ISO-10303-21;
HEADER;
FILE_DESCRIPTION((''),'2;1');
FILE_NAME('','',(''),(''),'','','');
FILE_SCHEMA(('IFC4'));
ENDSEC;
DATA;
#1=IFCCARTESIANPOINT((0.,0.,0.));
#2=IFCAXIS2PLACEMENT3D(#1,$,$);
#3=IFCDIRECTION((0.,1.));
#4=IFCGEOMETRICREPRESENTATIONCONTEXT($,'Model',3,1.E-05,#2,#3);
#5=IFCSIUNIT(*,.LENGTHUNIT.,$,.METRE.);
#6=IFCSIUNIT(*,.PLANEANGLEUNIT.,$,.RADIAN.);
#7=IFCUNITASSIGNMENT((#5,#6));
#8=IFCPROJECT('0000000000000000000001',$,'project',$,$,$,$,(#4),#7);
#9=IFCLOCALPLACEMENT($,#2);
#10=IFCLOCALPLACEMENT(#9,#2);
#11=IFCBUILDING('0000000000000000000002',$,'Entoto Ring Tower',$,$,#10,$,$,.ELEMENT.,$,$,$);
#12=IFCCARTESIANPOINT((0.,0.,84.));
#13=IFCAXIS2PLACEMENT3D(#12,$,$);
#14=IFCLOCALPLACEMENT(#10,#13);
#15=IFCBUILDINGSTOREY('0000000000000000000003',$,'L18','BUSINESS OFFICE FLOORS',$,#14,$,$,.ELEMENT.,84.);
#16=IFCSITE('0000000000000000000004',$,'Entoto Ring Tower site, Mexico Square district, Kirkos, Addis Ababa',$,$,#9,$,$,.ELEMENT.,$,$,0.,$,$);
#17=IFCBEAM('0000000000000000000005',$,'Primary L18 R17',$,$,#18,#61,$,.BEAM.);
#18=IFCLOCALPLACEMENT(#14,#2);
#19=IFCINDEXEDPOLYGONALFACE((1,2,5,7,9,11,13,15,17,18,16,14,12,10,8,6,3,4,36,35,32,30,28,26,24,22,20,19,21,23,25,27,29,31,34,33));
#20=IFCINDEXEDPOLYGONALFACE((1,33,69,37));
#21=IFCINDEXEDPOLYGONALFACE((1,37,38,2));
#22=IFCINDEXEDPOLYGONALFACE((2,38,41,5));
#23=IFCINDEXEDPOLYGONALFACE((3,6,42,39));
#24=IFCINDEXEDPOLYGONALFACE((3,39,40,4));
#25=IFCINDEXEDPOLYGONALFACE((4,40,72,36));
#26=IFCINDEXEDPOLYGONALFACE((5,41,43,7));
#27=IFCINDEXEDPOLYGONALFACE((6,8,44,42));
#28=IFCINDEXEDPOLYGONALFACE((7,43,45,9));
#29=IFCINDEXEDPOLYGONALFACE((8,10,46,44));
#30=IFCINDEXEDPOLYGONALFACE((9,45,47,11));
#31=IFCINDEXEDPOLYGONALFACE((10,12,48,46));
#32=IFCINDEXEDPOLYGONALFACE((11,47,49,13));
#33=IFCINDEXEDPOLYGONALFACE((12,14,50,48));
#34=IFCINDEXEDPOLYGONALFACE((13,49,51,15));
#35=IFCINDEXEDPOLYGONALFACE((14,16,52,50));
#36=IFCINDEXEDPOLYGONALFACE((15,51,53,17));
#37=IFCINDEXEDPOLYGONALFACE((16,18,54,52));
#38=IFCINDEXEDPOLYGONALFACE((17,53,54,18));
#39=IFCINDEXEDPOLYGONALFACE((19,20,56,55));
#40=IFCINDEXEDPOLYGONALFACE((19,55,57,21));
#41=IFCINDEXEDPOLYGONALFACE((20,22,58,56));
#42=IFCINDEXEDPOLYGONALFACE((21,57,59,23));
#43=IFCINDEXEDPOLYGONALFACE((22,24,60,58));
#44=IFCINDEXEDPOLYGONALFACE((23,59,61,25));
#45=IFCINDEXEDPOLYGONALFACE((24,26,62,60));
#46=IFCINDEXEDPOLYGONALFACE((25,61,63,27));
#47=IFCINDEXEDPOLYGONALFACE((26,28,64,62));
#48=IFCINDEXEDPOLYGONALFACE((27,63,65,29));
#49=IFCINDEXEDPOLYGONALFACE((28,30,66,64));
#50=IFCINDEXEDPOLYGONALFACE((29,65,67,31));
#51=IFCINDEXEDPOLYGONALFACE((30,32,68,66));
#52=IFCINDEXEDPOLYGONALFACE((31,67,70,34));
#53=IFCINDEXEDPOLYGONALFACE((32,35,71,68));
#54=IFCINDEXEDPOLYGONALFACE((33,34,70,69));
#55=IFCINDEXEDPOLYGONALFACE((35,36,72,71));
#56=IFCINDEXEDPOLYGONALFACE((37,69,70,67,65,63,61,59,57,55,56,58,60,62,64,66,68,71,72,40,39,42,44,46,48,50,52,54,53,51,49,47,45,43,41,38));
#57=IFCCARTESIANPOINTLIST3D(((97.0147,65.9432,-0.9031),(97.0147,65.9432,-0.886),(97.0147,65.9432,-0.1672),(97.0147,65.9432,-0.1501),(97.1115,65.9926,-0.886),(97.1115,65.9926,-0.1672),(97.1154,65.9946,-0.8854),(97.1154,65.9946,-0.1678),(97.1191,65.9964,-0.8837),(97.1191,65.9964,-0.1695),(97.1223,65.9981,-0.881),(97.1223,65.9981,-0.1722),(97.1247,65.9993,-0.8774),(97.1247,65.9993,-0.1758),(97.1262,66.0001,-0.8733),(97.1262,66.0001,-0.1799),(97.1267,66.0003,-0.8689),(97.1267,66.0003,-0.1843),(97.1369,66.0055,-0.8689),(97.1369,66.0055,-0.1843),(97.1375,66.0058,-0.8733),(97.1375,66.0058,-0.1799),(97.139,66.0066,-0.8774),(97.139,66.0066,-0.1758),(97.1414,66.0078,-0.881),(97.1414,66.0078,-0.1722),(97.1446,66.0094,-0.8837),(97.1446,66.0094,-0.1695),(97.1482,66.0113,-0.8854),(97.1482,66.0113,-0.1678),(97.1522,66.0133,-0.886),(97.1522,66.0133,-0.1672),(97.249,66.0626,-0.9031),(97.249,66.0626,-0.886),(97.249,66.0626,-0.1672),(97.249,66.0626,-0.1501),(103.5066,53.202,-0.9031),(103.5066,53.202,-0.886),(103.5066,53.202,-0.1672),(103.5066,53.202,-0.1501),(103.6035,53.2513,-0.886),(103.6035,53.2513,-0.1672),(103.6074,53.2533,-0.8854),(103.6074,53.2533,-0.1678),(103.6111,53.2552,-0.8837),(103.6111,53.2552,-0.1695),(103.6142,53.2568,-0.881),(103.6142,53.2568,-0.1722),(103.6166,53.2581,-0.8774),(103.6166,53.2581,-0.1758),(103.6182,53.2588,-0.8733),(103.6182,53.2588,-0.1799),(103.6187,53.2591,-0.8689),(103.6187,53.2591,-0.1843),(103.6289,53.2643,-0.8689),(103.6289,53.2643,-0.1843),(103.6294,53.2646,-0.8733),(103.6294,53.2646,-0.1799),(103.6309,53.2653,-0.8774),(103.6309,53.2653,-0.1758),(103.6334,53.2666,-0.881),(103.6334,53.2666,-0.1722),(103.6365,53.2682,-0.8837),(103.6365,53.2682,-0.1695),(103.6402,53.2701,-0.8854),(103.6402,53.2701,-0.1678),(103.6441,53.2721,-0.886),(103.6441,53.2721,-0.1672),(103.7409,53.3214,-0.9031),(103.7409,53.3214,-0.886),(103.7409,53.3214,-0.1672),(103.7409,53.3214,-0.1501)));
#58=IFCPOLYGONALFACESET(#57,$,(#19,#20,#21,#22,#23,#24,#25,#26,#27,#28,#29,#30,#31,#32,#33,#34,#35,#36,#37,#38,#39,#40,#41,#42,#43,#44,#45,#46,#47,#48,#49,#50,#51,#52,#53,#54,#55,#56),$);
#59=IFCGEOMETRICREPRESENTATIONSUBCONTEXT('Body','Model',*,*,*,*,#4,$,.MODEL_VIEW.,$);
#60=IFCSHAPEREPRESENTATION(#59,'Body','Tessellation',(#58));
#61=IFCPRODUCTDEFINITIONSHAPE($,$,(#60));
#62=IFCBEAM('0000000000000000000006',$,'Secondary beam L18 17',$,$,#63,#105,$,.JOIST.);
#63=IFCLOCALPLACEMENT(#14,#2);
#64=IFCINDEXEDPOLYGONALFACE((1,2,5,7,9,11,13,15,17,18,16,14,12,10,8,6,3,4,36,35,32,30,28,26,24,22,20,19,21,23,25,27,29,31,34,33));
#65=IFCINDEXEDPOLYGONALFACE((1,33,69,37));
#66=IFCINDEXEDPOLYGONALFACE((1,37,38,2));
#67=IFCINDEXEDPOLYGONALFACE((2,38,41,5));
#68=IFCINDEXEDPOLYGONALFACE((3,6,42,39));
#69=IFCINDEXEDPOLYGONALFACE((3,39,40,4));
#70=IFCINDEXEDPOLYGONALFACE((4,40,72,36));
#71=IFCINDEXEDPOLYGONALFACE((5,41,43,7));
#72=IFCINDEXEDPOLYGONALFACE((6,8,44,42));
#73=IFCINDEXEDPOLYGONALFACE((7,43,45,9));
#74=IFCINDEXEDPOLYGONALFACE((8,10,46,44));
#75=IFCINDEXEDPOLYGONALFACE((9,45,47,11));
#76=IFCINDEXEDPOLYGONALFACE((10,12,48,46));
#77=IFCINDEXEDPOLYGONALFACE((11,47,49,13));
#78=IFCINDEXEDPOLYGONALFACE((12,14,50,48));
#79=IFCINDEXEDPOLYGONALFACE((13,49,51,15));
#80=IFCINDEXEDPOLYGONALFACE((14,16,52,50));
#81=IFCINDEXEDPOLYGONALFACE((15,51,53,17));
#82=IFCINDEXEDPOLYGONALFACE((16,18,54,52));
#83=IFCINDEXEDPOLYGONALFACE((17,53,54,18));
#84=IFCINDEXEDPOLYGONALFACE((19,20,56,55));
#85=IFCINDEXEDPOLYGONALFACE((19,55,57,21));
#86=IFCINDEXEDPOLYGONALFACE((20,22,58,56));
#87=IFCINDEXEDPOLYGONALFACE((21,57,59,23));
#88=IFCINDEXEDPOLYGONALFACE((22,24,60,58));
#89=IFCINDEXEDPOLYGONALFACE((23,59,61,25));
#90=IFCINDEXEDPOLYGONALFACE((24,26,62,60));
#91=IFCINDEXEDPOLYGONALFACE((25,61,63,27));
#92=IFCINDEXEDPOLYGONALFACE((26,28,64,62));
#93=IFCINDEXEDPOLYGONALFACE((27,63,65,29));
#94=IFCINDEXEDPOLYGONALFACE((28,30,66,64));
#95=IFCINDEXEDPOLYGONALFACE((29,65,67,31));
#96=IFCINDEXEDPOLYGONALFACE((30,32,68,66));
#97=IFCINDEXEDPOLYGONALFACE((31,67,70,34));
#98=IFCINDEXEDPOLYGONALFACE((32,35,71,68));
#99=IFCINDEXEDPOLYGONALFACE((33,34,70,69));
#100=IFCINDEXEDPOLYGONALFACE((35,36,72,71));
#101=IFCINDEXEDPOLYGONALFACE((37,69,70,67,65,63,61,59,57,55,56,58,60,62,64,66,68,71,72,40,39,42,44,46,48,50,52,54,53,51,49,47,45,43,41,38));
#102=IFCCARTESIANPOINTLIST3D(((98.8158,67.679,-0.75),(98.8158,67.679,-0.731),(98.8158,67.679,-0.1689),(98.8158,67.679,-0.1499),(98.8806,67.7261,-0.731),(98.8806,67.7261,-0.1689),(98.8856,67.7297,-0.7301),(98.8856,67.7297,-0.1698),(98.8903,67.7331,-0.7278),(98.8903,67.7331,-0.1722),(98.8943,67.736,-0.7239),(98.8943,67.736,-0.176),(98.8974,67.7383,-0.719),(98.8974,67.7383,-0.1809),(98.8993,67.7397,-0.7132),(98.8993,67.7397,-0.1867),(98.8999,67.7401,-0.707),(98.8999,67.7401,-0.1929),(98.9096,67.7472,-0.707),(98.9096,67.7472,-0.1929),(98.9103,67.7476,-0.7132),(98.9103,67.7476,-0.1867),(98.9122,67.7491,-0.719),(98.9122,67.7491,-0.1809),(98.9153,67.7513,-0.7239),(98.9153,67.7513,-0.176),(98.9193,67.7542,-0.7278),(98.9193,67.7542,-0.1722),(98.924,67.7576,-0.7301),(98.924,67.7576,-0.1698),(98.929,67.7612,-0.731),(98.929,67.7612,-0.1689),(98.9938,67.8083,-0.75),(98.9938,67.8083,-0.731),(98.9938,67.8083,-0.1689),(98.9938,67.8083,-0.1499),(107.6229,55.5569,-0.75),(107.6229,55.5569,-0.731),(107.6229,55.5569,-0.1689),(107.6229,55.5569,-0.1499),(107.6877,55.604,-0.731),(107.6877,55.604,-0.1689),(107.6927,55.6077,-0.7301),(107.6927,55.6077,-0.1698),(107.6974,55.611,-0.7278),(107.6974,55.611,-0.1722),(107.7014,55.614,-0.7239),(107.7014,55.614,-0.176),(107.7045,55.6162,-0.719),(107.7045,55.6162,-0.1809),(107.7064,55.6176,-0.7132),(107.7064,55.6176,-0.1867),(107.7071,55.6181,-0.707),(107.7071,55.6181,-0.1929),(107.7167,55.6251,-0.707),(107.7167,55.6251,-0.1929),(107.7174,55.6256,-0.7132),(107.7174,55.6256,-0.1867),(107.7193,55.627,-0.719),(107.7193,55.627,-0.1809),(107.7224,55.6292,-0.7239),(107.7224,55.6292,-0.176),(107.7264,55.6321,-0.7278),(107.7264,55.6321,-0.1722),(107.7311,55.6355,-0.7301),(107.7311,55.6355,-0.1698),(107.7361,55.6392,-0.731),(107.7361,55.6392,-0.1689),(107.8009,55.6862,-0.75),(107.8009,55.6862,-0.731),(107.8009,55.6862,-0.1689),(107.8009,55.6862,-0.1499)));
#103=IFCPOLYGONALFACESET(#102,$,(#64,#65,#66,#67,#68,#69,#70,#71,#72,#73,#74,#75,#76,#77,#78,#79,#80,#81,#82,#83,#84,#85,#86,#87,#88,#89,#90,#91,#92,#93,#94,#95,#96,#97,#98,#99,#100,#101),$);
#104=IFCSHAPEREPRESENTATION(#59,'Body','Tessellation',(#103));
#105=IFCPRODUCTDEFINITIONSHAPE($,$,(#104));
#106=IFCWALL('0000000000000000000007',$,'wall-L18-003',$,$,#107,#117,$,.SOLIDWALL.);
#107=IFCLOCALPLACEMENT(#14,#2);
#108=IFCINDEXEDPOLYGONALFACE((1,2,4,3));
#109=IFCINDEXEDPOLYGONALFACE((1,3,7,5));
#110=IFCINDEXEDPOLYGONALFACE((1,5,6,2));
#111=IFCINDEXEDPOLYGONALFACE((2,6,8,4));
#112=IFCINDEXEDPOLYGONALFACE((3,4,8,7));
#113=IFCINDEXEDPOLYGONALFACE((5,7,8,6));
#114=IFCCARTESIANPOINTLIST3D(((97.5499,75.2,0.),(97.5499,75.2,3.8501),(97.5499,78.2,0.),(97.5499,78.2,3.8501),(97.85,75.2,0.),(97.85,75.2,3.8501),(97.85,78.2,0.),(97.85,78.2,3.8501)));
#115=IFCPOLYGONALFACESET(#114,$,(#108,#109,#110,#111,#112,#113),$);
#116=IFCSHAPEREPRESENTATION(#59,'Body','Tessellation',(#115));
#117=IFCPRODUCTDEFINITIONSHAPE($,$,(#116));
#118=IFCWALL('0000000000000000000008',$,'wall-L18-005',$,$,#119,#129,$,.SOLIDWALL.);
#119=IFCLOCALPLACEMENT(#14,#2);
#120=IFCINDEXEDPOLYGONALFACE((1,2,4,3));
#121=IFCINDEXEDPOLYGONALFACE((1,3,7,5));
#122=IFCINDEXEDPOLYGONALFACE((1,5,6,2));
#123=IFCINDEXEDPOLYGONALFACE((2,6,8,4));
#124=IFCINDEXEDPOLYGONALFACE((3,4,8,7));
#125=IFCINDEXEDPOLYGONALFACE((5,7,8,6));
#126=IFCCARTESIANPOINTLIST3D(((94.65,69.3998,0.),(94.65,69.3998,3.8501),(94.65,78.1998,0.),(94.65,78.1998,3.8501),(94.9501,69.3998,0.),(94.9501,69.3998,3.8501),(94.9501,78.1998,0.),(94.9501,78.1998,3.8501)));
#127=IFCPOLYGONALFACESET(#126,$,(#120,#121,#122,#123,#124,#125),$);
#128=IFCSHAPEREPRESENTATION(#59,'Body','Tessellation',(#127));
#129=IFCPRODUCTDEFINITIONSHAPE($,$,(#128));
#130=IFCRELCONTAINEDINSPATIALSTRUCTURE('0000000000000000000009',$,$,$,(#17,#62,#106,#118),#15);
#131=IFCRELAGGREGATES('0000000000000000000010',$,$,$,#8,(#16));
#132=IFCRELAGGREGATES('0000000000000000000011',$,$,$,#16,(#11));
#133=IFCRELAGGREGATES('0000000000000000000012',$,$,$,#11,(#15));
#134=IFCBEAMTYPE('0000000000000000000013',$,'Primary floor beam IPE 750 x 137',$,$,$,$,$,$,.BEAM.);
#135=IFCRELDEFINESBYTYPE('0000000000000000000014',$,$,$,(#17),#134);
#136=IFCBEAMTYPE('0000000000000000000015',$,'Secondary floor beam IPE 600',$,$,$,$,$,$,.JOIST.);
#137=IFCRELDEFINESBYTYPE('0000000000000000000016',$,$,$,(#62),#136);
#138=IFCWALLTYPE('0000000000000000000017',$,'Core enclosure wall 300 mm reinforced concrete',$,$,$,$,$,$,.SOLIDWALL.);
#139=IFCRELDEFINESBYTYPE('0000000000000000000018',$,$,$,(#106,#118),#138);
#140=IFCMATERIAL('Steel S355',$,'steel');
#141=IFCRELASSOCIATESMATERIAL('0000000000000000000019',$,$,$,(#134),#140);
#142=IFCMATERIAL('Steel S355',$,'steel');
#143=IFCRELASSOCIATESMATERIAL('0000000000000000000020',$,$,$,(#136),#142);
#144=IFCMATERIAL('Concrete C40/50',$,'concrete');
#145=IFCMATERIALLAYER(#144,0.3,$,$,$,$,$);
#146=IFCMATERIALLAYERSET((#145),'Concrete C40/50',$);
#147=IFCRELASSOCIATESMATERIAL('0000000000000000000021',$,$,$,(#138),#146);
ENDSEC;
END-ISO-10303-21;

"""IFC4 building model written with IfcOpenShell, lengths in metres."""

from ifc_helpers import new_model, si_unit, direction, frame, frame_2d, origin, origin_2d, place, context, subcontext, project, spatial, rectangle, i_section, extrude, material, layer, layer_set, material_profile, profile_set, type_object, element, save


model = new_model("IFC4")

# Units and contexts
model_context = context("Model", 3, precision=1e-05, world=origin(), true_north=direction((0.0, 1.0)))
body_context = subcontext(model_context, "Body", "Model", "MODEL_VIEW")
ifc_project = project(units=[si_unit("LENGTHUNIT", "METRE"), si_unit("PLANEANGLEUNIT", "RADIAN")], contexts=[model_context])

# Site, building, storey
site_placement = place(None, origin())
site = spatial("IfcSite", under=ifc_project, at=site_placement, Name="Entoto Ring Tower site, Mexico Square district, Kirkos, Addis Ababa", CompositionType="ELEMENT", RefElevation=0.0)
building_placement = place(site_placement, origin())
building = spatial("IfcBuilding", under=site, at=building_placement, Name="Entoto Ring Tower", CompositionType="ELEMENT")
storey_placement = place(building_placement, frame((0.0, 0.0, 84.0)))
storey = spatial("IfcBuildingStorey", under=building, at=storey_placement, Name="L18", Description="BUSINESS OFFICE FLOORS", CompositionType="ELEMENT", Elevation=84.0)

# Beams
ifc_material_1 = material(Name="Steel S355", Category="steel")
ifc_material_profile_1 = material_profile(ifc_material_1, i_section(OverallWidth=0.2629, OverallDepth=0.7529, WebThickness=0.0115, FlangeThickness=0.0171, FilletRadius=0.0171, at=origin_2d()), Name="IPE 750 x 137")
ifc_profile_set_1 = profile_set([ifc_material_profile_1], Name="Steel S355")
beam_type_1 = type_object("IfcBeamType", Name="Primary floor beam IPE 750 x 137", PredefinedType="BEAM", material=ifc_profile_set_1)
beam_1_placement = place(storey_placement, frame((97.1318, 66.0029, -0.5266), z_axis=(0.453989, -0.891007, 0.0), x_axis=(0.891007, 0.453989, 0.0)))
element("IfcBeam", 1, at=beam_1_placement, inside=storey, type_object=beam_type_1, Name="Primary L18 R17", PredefinedType="BEAM", context=body_context, shape_type="SweptSolid", body=[
    extrude(i_section(OverallWidth=0.2629, OverallDepth=0.7529, WebThickness=0.0115, FlangeThickness=0.0171, FilletRadius=0.0171, at=origin_2d()), origin(), (0.0, 0.0, 1.0), 14.2998),
])
ifc_material_2 = material(Name="Steel S355", Category="steel")
ifc_material_profile_2 = material_profile(ifc_material_2, i_section(OverallWidth=0.22, OverallDepth=0.6001, WebThickness=0.012, FlangeThickness=0.019, FilletRadius=0.0239, at=origin_2d()), Name="IPE 600")
ifc_profile_set_2 = profile_set([ifc_material_profile_2], Name="Steel S355")
beam_type_2 = type_object("IfcBeamType", Name="Secondary floor beam IPE 600", PredefinedType="JOIST", material=ifc_profile_set_2)
beam_2_placement = place(storey_placement, frame((98.9048, 67.7437, -0.45), z_axis=(0.587782, -0.809019, 0.0), x_axis=(0.809019, 0.587782, 0.0)))
element("IfcBeam", 2, at=beam_2_placement, inside=storey, type_object=beam_type_2, Name="Secondary beam L18 17", PredefinedType="JOIST", context=body_context, shape_type="SweptSolid", body=[
    extrude(i_section(OverallWidth=0.22, OverallDepth=0.6001, WebThickness=0.012, FlangeThickness=0.019, FilletRadius=0.0239, at=origin_2d()), origin(), (0.0, 0.0, 1.0), 14.9836),
])

# Walls
ifc_material_3 = material(Name="Concrete C40/50", Category="concrete")
ifc_layer_1 = layer(ifc_material_3, 0.3)
ifc_layer_set_1 = layer_set([ifc_layer_1], Name="Concrete C40/50")
wall_type_1 = type_object("IfcWallType", Name="Core enclosure wall 300 mm reinforced concrete", PredefinedType="SOLIDWALL", material=ifc_layer_set_1)
wall_1_placement = place(storey_placement, frame((97.7, 75.2, 0.0), z_axis=(0.0, 0.0, 1.0), x_axis=(0.0, 1.0, 0.0)))
element("IfcWall", 3, at=wall_1_placement, inside=storey, type_object=wall_type_1, Name="wall-L18-003", PredefinedType="SOLIDWALL", context=body_context, shape_type="SweptSolid", body=[
    extrude(rectangle(XDim=3.0, YDim=0.3, at=frame_2d((1.5, 0.0))), origin(), (0.0, 0.0, 1.0), 3.8501),
])
wall_2_placement = place(storey_placement, frame((94.8, 69.3999, 0.0), z_axis=(0.0, 0.0, 1.0), x_axis=(0.0, 1.0, 0.0)))
element("IfcWall", 4, at=wall_2_placement, inside=storey, type_object=wall_type_1, Name="wall-L18-005", PredefinedType="SOLIDWALL", context=body_context, shape_type="SweptSolid", body=[
    extrude(rectangle(XDim=8.8, YDim=0.3, at=frame_2d((4.3999, 0.0))), origin(), (0.0, 0.0, 1.0), 3.8501),
])

save(model, "model.ifc")
